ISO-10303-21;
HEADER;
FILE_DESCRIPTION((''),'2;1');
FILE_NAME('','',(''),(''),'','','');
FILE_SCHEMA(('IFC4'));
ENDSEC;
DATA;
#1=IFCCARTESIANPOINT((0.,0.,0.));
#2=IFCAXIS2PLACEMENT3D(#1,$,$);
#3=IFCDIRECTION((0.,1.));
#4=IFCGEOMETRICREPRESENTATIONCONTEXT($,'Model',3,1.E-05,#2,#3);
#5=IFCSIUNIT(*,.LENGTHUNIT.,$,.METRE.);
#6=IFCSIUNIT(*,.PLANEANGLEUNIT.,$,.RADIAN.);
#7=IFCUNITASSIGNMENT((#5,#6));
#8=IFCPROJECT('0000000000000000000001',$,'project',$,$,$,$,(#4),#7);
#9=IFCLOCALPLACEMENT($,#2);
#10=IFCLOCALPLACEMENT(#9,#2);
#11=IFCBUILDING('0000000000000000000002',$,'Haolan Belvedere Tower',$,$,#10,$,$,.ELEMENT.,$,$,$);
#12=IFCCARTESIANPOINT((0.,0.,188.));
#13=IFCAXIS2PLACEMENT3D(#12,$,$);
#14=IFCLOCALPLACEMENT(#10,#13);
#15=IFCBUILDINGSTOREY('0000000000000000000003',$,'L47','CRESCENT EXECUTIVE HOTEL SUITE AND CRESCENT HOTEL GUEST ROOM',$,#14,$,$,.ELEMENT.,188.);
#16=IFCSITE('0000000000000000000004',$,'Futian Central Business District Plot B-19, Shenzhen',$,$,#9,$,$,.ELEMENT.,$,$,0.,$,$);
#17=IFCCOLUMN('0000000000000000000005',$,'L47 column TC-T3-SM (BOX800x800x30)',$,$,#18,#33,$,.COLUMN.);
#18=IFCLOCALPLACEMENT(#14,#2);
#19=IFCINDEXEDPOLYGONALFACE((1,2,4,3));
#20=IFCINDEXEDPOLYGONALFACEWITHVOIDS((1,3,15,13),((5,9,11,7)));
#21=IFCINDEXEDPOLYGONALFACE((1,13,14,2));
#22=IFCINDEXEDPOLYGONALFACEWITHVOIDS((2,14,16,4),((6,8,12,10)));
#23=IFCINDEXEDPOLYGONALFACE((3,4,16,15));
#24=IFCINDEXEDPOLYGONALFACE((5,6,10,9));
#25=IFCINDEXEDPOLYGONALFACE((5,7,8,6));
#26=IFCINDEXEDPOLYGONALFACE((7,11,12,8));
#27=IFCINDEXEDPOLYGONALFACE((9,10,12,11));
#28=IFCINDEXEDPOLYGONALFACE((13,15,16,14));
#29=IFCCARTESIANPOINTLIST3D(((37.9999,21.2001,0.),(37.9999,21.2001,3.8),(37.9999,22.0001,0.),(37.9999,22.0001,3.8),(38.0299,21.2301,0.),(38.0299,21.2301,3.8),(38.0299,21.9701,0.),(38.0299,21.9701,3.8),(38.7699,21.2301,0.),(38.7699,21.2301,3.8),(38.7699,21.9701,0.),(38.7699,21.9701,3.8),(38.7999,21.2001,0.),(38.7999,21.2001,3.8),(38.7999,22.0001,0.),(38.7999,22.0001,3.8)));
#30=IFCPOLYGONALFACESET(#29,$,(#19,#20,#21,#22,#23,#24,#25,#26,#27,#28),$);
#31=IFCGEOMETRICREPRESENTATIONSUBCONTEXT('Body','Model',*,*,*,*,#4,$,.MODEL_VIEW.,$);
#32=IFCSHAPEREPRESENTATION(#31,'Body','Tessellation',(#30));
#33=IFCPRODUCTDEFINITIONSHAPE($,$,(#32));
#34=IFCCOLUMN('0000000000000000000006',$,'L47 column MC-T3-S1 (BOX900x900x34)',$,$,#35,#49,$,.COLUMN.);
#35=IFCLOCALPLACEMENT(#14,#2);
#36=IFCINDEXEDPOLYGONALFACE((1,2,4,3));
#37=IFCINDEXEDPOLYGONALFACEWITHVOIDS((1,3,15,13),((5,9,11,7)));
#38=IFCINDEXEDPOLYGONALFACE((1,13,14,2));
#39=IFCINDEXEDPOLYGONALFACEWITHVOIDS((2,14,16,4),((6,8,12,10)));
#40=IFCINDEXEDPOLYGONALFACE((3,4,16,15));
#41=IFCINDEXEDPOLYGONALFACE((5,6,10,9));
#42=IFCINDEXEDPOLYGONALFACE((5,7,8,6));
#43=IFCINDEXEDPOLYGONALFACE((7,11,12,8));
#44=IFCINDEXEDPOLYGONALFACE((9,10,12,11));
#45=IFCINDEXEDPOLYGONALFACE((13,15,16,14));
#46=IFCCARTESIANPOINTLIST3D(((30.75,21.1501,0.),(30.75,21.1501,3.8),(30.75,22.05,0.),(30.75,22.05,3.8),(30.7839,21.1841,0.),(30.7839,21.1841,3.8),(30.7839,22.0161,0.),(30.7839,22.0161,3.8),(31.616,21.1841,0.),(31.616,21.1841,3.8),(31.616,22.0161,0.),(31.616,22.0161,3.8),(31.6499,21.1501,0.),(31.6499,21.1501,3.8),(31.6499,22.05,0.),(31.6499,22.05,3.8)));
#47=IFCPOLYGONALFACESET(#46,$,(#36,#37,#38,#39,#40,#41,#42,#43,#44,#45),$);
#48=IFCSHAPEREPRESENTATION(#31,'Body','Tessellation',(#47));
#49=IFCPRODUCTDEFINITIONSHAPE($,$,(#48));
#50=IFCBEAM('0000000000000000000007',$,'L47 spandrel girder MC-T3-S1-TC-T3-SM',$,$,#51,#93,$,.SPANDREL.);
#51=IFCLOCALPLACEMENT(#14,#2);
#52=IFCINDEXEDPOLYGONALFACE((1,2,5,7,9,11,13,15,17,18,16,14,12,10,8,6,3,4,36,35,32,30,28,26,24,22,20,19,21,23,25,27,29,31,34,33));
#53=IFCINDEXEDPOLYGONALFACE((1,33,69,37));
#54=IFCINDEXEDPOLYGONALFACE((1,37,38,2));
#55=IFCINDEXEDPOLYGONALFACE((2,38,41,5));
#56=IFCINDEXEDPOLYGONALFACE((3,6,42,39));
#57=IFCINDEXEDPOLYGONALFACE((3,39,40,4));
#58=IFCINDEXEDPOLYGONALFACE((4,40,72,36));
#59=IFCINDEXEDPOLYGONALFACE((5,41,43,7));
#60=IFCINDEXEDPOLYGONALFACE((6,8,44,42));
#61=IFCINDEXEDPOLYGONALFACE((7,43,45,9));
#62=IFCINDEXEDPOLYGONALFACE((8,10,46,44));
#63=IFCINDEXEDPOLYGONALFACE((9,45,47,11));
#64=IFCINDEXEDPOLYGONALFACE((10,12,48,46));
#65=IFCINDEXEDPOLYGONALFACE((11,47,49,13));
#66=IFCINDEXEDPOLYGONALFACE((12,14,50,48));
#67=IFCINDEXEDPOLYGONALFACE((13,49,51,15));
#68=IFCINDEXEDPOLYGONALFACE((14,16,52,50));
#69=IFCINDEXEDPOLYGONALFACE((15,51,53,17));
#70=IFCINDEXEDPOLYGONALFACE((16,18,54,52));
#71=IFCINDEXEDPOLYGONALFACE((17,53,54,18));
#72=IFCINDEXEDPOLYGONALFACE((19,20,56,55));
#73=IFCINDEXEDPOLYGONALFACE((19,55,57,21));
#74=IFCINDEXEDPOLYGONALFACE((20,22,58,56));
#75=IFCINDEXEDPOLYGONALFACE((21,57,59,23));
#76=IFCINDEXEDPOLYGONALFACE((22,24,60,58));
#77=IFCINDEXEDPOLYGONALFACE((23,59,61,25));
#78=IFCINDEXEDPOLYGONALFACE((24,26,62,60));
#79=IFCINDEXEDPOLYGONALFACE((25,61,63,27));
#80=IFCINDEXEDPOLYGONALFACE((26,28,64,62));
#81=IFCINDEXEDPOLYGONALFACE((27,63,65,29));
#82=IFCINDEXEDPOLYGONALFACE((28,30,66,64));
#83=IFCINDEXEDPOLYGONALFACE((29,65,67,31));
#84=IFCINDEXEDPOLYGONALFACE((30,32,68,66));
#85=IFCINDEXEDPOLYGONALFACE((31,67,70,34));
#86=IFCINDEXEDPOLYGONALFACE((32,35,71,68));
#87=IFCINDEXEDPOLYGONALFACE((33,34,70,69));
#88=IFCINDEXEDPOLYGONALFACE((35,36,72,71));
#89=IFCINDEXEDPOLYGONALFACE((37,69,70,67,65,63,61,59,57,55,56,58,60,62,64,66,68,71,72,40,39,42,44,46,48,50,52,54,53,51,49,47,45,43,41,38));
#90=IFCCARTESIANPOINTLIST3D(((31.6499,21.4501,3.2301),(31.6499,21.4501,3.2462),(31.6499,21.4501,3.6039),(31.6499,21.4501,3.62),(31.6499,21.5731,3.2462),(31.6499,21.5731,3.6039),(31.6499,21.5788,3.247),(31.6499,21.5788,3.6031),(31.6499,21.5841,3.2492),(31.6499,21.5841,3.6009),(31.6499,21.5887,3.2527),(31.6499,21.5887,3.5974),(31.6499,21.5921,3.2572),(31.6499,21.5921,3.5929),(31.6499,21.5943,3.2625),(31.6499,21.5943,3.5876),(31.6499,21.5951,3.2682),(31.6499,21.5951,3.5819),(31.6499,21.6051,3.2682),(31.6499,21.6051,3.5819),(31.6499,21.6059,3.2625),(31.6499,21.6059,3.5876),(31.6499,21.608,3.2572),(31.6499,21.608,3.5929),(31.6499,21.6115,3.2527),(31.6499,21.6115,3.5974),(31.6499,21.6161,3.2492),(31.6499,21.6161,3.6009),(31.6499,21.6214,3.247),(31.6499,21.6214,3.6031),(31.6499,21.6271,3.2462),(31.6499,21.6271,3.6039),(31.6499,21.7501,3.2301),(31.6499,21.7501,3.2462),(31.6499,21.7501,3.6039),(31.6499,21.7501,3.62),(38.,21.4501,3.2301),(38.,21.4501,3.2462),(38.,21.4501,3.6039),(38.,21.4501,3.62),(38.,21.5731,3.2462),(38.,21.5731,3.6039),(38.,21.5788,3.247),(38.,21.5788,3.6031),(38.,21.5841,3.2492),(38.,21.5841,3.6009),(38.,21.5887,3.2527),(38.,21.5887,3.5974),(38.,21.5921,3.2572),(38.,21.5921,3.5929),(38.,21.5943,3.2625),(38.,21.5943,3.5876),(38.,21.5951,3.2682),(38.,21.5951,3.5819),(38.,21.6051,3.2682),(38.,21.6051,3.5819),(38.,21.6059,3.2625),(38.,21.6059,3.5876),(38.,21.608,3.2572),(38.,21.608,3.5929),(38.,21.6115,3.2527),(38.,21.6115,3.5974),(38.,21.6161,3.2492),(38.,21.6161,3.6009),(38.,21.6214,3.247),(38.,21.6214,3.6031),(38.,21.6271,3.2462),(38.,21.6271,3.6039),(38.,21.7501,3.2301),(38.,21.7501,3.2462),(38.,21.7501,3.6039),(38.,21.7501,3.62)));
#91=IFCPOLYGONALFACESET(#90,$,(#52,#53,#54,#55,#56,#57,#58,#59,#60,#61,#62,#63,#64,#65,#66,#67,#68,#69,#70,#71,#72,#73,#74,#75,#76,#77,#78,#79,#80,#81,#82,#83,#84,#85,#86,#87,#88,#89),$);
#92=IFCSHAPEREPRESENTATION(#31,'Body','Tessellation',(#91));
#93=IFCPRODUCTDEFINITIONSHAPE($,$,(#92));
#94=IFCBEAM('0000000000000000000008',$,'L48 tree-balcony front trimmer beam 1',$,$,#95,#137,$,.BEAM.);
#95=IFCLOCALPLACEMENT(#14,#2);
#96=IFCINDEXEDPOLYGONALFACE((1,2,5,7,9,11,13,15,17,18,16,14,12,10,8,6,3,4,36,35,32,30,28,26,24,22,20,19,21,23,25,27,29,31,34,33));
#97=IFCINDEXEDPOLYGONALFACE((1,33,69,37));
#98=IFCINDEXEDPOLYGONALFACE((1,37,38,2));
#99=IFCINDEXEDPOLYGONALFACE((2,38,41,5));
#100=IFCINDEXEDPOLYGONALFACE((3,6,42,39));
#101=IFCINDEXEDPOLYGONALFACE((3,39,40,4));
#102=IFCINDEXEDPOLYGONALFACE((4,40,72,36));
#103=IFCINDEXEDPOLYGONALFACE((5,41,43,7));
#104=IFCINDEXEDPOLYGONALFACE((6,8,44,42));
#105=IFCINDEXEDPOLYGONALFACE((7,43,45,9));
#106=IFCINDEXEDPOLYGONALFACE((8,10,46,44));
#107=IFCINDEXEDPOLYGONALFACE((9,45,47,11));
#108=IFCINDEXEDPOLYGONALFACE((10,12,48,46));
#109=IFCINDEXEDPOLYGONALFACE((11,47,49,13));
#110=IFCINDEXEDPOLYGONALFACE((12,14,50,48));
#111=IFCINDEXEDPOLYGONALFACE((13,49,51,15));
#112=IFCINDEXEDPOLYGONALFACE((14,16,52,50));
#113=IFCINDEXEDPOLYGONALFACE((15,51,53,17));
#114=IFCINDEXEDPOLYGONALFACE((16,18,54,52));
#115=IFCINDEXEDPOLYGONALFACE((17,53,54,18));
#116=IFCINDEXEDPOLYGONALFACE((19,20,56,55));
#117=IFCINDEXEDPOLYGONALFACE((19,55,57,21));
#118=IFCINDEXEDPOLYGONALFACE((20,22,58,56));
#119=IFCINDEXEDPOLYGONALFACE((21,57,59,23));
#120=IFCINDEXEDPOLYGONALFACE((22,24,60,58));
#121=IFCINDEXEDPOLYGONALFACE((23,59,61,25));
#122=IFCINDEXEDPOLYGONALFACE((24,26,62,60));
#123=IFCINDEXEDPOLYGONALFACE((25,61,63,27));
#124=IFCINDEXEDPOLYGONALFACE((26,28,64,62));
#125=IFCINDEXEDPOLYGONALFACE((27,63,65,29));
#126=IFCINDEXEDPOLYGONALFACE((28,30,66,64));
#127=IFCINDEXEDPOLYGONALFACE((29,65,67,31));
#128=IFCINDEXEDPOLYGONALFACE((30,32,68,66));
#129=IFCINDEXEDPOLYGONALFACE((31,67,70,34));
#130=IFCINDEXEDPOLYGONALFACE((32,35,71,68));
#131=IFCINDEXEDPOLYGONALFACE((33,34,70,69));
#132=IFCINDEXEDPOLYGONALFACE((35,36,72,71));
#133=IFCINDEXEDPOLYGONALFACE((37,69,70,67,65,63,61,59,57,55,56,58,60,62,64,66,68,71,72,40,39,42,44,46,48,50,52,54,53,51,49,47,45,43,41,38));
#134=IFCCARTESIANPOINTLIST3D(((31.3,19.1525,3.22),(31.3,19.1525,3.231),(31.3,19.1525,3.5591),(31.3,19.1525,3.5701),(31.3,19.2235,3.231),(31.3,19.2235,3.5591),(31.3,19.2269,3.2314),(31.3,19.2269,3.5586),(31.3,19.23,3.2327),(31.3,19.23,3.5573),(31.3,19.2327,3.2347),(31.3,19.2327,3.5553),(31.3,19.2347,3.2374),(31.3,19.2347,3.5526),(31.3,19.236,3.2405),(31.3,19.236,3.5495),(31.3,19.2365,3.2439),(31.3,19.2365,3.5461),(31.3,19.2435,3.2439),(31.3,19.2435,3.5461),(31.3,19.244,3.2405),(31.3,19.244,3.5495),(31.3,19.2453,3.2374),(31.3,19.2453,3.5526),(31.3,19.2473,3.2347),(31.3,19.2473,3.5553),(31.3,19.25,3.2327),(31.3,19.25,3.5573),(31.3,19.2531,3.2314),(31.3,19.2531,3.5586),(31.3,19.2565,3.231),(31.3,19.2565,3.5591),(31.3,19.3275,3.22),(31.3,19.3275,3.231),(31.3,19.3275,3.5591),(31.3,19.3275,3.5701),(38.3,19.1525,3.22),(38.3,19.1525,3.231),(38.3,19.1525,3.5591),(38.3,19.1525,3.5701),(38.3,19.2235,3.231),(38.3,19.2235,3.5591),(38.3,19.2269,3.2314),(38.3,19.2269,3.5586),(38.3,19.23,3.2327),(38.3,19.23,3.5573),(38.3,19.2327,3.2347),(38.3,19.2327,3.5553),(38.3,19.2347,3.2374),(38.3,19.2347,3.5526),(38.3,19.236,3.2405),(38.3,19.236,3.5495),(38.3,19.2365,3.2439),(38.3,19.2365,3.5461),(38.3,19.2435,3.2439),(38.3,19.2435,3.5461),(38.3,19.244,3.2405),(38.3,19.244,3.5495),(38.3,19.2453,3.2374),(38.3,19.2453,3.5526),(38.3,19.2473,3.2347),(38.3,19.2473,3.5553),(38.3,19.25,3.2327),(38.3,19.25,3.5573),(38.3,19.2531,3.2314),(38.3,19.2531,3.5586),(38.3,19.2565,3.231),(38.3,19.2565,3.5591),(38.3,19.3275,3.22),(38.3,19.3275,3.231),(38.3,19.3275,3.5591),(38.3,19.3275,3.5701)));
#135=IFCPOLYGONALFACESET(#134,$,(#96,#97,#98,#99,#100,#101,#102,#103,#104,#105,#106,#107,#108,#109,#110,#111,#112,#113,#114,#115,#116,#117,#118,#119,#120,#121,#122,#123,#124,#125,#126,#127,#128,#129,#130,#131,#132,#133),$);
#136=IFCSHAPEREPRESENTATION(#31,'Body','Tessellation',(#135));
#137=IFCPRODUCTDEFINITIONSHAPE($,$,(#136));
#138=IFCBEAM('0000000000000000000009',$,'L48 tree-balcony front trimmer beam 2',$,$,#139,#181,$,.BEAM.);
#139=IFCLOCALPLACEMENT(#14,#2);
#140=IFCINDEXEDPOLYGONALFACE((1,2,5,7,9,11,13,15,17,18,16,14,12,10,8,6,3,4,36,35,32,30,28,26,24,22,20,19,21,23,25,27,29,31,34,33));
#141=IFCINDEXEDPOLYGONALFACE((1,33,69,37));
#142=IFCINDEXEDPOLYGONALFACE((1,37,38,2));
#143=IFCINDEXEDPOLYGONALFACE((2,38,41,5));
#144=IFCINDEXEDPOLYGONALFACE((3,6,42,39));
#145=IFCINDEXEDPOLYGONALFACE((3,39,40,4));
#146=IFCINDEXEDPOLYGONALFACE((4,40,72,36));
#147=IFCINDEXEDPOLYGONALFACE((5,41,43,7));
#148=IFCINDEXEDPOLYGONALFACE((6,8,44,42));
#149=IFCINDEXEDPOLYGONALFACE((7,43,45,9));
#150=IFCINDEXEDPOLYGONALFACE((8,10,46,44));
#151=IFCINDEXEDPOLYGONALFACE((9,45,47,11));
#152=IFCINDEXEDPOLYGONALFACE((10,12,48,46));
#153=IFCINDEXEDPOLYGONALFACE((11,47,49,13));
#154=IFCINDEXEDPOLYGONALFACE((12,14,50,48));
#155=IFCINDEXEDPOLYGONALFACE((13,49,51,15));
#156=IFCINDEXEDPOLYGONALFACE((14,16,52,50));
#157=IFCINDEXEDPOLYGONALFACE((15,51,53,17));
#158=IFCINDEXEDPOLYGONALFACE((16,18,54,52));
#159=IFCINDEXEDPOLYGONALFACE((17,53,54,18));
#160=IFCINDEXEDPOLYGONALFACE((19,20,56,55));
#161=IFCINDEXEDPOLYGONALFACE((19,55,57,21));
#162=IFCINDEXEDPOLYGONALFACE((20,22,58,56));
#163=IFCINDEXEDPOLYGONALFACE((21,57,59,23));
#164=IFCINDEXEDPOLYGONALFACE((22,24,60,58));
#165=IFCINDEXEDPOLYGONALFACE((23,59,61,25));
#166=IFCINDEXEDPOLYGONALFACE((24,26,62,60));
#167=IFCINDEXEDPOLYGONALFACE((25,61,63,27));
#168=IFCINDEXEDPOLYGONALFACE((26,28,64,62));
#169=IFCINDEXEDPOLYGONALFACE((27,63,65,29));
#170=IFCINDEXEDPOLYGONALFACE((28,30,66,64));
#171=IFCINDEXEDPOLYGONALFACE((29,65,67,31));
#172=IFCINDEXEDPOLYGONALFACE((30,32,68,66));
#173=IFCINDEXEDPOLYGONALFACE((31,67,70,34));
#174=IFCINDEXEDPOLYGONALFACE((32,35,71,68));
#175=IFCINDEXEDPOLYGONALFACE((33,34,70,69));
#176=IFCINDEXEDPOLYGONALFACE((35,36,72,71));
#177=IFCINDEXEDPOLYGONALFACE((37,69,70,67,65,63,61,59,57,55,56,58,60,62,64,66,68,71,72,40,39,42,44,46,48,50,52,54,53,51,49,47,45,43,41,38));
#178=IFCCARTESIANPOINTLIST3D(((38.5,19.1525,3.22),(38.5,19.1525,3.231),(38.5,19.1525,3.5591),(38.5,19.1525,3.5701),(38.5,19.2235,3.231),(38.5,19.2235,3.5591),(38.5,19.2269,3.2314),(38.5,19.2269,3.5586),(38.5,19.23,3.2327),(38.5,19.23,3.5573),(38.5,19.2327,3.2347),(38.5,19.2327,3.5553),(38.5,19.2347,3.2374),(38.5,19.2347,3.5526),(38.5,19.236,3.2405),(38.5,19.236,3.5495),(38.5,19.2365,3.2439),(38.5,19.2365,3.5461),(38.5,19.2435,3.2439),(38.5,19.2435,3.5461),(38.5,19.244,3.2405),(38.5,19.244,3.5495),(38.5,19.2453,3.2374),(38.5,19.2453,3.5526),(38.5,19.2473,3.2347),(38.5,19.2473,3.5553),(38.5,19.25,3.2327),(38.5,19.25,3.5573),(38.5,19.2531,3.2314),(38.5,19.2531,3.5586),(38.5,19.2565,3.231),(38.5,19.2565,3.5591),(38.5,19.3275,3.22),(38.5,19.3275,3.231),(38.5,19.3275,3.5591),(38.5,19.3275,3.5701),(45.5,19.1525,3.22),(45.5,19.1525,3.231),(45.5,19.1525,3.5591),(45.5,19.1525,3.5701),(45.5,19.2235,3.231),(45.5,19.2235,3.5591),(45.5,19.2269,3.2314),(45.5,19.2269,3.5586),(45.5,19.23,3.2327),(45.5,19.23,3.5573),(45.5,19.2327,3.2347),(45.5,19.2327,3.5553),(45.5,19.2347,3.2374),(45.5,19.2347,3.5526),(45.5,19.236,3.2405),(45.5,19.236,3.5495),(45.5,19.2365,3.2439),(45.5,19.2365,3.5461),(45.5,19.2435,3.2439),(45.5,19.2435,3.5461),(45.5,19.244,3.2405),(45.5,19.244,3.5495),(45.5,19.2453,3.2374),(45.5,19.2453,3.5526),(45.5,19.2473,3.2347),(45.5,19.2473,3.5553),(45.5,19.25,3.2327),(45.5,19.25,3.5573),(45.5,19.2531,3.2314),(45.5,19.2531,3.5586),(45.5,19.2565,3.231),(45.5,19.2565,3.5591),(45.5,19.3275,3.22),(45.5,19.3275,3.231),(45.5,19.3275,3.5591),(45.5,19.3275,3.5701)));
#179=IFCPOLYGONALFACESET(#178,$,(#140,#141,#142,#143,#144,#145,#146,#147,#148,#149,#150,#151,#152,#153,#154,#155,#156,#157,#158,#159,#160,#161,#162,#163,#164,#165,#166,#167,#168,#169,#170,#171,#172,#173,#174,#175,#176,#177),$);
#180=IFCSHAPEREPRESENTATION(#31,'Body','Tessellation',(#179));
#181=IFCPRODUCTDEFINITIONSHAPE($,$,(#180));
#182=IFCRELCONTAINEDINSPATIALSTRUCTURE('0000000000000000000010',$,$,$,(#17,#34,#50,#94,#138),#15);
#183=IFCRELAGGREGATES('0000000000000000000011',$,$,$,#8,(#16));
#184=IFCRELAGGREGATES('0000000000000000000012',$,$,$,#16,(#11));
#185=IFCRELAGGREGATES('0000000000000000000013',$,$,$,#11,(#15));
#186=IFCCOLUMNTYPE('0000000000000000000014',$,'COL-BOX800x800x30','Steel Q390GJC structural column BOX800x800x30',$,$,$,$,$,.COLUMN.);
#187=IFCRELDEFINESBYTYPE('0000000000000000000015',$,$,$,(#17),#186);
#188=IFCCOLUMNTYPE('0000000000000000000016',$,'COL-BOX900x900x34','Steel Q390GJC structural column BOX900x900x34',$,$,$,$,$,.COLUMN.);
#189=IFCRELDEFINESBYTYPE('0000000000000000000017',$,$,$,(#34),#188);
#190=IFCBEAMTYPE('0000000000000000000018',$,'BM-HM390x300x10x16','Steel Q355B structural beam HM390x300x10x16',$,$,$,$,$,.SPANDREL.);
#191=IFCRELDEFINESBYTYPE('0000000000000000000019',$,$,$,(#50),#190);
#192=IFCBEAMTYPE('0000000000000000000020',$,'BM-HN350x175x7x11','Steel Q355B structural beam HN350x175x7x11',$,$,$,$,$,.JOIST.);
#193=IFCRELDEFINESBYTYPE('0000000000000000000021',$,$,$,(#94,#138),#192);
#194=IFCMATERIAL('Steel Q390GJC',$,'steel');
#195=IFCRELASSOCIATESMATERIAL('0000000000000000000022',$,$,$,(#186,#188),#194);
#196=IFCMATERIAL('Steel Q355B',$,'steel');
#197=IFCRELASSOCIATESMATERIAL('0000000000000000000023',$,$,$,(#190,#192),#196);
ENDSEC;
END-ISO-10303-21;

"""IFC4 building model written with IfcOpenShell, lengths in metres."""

from ifc_helpers import new_model, si_unit, direction, frame, origin, origin_2d, place, context, subcontext, project, spatial, hollow_rectangle, i_section, extrude, material, material_profile, profile_set, type_object, element, save


model = new_model("IFC4")

# Units and contexts
model_context = context("Model", 3, precision=1e-05, world=origin(), true_north=direction((0.0, 1.0)))
body_context = subcontext(model_context, "Body", "Model", "MODEL_VIEW")
ifc_project = project(units=[si_unit("LENGTHUNIT", "METRE"), si_unit("PLANEANGLEUNIT", "RADIAN")], contexts=[model_context])

# Site, building, storey
site_placement = place(None, origin())
site = spatial("IfcSite", under=ifc_project, at=site_placement, Name="Futian Central Business District Plot B-19, Shenzhen", CompositionType="ELEMENT", RefElevation=0.0)
building_placement = place(site_placement, origin())
building = spatial("IfcBuilding", under=site, at=building_placement, Name="Haolan Belvedere Tower", CompositionType="ELEMENT")
storey_placement = place(building_placement, frame((0.0, 0.0, 188.0)))
storey = spatial("IfcBuildingStorey", under=building, at=storey_placement, Name="L47", Description="CRESCENT EXECUTIVE HOTEL SUITE AND CRESCENT HOTEL GUEST ROOM", CompositionType="ELEMENT", Elevation=188.0)

# Columns
ifc_material_1 = material(Name="Steel Q390GJC", Category="steel")
ifc_material_profile_1 = material_profile(ifc_material_1, hollow_rectangle(XDim=0.8, YDim=0.8, WallThickness=0.03, at=origin_2d()), Name="Steel Q390GJC")
ifc_profile_set_1 = profile_set([ifc_material_profile_1], Name="Steel Q390GJC")
column_type_1 = type_object("IfcColumnType", Name="COL-BOX800x800x30", Description="Steel Q390GJC structural column BOX800x800x30", PredefinedType="COLUMN", material=ifc_profile_set_1)
column_1_placement = place(storey_placement, frame((38.3999, 21.6001, 0.0), z_axis=(0.0, 0.0, 1.0), x_axis=(1.0, 0.0, 0.0)))
element("IfcColumn", 1, at=column_1_placement, inside=storey, type_object=column_type_1, Name="L47 column TC-T3-SM (BOX800x800x30)", PredefinedType="COLUMN", context=body_context, shape_type="SweptSolid", body=[
    extrude(hollow_rectangle(XDim=0.8, YDim=0.8, WallThickness=0.03, at=origin_2d()), origin(), (0.0, 0.0, 1.0), 3.8),
])
ifc_material_profile_2 = material_profile(ifc_material_1, hollow_rectangle(XDim=0.8999, YDim=0.8999, WallThickness=0.0339, at=origin_2d()), Name="Steel Q390GJC")
ifc_profile_set_2 = profile_set([ifc_material_profile_2], Name="Steel Q390GJC")
column_type_2 = type_object("IfcColumnType", Name="COL-BOX900x900x34", Description="Steel Q390GJC structural column BOX900x900x34", PredefinedType="COLUMN", material=ifc_profile_set_2)
column_2_placement = place(storey_placement, frame((31.2, 21.6001, 0.0), z_axis=(0.0, 0.0, 1.0), x_axis=(1.0, 0.0, 0.0)))
element("IfcColumn", 2, at=column_2_placement, inside=storey, type_object=column_type_2, Name="L47 column MC-T3-S1 (BOX900x900x34)", PredefinedType="COLUMN", context=body_context, shape_type="SweptSolid", body=[
    extrude(hollow_rectangle(XDim=0.8999, YDim=0.8999, WallThickness=0.0339, at=origin_2d()), origin(), (0.0, 0.0, 1.0), 3.8),
])

# Beams
ifc_material_2 = material(Name="Steel Q355B", Category="steel")
ifc_material_profile_3 = material_profile(ifc_material_2, i_section(OverallWidth=0.3, OverallDepth=0.3899, WebThickness=0.01, FlangeThickness=0.0161, FilletRadius=0.022, at=origin_2d()), Name="Steel Q355B")
ifc_profile_set_3 = profile_set([ifc_material_profile_3], Name="Steel Q355B")
beam_type_1 = type_object("IfcBeamType", Name="BM-HM390x300x10x16", Description="Steel Q355B structural beam HM390x300x10x16", PredefinedType="SPANDREL", material=ifc_profile_set_3)
beam_1_placement = place(storey_placement, frame((31.6499, 21.6001, 3.425), z_axis=(1.0, 0.0, 0.0), x_axis=(0.0, 1.0, 0.0)))
element("IfcBeam", 3, at=beam_1_placement, inside=storey, type_object=beam_type_1, Name="L47 spandrel girder MC-T3-S1-TC-T3-SM", PredefinedType="SPANDREL", context=body_context, shape_type="SweptSolid", body=[
    extrude(i_section(OverallWidth=0.3, OverallDepth=0.3899, WebThickness=0.01, FlangeThickness=0.0161, FilletRadius=0.022, at=origin_2d()), origin(), (0.0, 0.0, 1.0), 6.3501),
])
ifc_material_profile_4 = material_profile(ifc_material_2, i_section(OverallWidth=0.175, OverallDepth=0.3501, WebThickness=0.0071, FlangeThickness=0.011, FilletRadius=0.0129, at=origin_2d()), Name="Steel Q355B")
ifc_profile_set_4 = profile_set([ifc_material_profile_4], Name="Steel Q355B")
beam_type_2 = type_object("IfcBeamType", Name="BM-HN350x175x7x11", Description="Steel Q355B structural beam HN350x175x7x11", PredefinedType="JOIST", material=ifc_profile_set_4)
for number, where, z_axis, x_axis, name in (
    (4, (31.3, 19.24, 3.395), (1.0, 0.0, 0.0), (0.0, 1.0, 0.0), "L48 tree-balcony front trimmer beam 1"),
    (5, (38.5, 19.24, 3.395), (1.0, 0.0, 0.0), (0.0, 1.0, 0.0), "L48 tree-balcony front trimmer beam 2"),
):
    element("IfcBeam", number, at=place(storey_placement, frame(where, z_axis=z_axis, x_axis=x_axis)), inside=storey, type_object=beam_type_2, Name=name, PredefinedType="BEAM", context=body_context, shape_type="SweptSolid", body=[
        extrude(i_section(OverallWidth=0.175, OverallDepth=0.3501, WebThickness=0.0071, FlangeThickness=0.011, FilletRadius=0.0129, at=origin_2d()), origin(), (0.0, 0.0, 1.0), 7.0),
    ])

save(model, "model.ifc")
